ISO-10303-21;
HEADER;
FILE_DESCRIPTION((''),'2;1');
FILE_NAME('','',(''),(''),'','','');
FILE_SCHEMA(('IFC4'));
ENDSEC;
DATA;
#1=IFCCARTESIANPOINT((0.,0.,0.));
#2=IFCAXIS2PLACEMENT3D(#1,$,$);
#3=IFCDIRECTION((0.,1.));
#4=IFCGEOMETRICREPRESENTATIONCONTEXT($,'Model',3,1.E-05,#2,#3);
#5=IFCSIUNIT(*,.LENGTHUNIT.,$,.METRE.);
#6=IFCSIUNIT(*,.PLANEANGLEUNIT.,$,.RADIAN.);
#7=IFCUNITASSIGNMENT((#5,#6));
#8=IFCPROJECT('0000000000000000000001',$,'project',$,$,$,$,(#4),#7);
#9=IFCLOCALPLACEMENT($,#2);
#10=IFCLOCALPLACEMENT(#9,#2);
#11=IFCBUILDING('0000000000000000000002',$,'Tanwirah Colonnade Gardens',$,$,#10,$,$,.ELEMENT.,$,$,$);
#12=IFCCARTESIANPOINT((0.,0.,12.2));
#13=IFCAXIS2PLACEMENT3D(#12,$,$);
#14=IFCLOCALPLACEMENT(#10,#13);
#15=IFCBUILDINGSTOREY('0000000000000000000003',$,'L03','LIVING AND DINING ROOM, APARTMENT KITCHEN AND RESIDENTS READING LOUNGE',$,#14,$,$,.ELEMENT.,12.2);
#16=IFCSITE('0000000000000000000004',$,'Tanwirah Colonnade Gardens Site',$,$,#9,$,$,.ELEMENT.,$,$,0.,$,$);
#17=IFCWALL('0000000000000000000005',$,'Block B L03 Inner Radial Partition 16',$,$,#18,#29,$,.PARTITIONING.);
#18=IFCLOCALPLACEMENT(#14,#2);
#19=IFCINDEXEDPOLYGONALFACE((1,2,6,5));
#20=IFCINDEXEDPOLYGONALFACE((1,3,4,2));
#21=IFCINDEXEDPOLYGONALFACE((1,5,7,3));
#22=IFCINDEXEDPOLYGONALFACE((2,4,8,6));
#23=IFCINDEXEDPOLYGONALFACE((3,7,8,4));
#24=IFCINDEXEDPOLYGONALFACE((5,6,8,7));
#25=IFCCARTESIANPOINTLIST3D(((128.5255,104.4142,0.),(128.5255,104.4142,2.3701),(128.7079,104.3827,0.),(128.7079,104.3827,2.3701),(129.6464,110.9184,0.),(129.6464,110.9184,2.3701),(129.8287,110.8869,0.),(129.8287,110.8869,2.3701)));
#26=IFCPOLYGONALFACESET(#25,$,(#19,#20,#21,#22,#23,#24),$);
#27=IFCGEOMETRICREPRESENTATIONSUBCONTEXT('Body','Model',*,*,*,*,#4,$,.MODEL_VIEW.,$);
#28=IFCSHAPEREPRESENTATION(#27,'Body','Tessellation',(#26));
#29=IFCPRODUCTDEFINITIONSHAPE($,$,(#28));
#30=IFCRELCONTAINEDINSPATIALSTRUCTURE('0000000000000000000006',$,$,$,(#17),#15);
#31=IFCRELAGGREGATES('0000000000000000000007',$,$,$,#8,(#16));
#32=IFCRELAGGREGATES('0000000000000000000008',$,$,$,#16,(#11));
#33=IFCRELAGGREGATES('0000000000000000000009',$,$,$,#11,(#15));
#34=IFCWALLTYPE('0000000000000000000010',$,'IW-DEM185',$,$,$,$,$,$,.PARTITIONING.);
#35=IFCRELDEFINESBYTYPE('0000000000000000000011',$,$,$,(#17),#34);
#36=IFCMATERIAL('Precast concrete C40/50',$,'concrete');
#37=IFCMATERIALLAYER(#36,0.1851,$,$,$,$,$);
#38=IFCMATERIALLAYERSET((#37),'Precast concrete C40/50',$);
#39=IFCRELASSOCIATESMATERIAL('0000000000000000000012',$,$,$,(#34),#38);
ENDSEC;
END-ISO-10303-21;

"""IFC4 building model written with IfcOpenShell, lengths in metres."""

from ifc_helpers import new_model, si_unit, direction, frame, frame_2d, origin, place, context, subcontext, project, spatial, rectangle, extrude, material, layer, layer_set, type_object, element, save


model = new_model("IFC4")

# Units and contexts
model_context = context("Model", 3, precision=1e-05, world=origin(), true_north=direction((0.0, 1.0)))
body_context = subcontext(model_context, "Body", "Model", "MODEL_VIEW")
ifc_project = project(units=[si_unit("LENGTHUNIT", "METRE"), si_unit("PLANEANGLEUNIT", "RADIAN")], contexts=[model_context])

# Site, building, storey
site_placement = place(None, origin())
site = spatial("IfcSite", under=ifc_project, at=site_placement, Name="Tanwirah Colonnade Gardens Site", CompositionType="ELEMENT", RefElevation=0.0)
building_placement = place(site_placement, origin())
building = spatial("IfcBuilding", under=site, at=building_placement, Name="Tanwirah Colonnade Gardens", CompositionType="ELEMENT")
storey_placement = place(building_placement, frame((0.0, 0.0, 12.2)))
storey = spatial("IfcBuildingStorey", under=building, at=storey_placement, Name="L03", Description="LIVING AND DINING ROOM, APARTMENT KITCHEN AND RESIDENTS READING LOUNGE", CompositionType="ELEMENT", Elevation=12.2)

# Shared definitions
ifc_material_1 = material(Name="Precast concrete C40/50", Category="concrete")

# Wall
ifc_layer_1 = layer(ifc_material_1, 0.1851)
ifc_layer_set_1 = layer_set([ifc_layer_1], Name="Precast concrete C40/50")
wall_type_1 = type_object("IfcWallType", Name="IW-DEM185", PredefinedType="PARTITIONING", material=ifc_layer_set_1)
wall_1_placement = place(storey_placement, frame((128.6167, 104.3984, 0.0), z_axis=(0.0, 0.0, 1.0), x_axis=(0.169825, 0.985474, 0.0)))
element("IfcWall", 1, at=wall_1_placement, inside=storey, type_object=wall_type_1, Name="Block B L03 Inner Radial Partition 16", PredefinedType="PARTITIONING", context=body_context, shape_type="SweptSolid", body=[
    extrude(rectangle(XDim=6.6001, YDim=0.1851, at=frame_2d((3.3, 0.0))), origin(), (0.0, 0.0, 1.0), 2.3701),
])

save(model, "model.ifc")
